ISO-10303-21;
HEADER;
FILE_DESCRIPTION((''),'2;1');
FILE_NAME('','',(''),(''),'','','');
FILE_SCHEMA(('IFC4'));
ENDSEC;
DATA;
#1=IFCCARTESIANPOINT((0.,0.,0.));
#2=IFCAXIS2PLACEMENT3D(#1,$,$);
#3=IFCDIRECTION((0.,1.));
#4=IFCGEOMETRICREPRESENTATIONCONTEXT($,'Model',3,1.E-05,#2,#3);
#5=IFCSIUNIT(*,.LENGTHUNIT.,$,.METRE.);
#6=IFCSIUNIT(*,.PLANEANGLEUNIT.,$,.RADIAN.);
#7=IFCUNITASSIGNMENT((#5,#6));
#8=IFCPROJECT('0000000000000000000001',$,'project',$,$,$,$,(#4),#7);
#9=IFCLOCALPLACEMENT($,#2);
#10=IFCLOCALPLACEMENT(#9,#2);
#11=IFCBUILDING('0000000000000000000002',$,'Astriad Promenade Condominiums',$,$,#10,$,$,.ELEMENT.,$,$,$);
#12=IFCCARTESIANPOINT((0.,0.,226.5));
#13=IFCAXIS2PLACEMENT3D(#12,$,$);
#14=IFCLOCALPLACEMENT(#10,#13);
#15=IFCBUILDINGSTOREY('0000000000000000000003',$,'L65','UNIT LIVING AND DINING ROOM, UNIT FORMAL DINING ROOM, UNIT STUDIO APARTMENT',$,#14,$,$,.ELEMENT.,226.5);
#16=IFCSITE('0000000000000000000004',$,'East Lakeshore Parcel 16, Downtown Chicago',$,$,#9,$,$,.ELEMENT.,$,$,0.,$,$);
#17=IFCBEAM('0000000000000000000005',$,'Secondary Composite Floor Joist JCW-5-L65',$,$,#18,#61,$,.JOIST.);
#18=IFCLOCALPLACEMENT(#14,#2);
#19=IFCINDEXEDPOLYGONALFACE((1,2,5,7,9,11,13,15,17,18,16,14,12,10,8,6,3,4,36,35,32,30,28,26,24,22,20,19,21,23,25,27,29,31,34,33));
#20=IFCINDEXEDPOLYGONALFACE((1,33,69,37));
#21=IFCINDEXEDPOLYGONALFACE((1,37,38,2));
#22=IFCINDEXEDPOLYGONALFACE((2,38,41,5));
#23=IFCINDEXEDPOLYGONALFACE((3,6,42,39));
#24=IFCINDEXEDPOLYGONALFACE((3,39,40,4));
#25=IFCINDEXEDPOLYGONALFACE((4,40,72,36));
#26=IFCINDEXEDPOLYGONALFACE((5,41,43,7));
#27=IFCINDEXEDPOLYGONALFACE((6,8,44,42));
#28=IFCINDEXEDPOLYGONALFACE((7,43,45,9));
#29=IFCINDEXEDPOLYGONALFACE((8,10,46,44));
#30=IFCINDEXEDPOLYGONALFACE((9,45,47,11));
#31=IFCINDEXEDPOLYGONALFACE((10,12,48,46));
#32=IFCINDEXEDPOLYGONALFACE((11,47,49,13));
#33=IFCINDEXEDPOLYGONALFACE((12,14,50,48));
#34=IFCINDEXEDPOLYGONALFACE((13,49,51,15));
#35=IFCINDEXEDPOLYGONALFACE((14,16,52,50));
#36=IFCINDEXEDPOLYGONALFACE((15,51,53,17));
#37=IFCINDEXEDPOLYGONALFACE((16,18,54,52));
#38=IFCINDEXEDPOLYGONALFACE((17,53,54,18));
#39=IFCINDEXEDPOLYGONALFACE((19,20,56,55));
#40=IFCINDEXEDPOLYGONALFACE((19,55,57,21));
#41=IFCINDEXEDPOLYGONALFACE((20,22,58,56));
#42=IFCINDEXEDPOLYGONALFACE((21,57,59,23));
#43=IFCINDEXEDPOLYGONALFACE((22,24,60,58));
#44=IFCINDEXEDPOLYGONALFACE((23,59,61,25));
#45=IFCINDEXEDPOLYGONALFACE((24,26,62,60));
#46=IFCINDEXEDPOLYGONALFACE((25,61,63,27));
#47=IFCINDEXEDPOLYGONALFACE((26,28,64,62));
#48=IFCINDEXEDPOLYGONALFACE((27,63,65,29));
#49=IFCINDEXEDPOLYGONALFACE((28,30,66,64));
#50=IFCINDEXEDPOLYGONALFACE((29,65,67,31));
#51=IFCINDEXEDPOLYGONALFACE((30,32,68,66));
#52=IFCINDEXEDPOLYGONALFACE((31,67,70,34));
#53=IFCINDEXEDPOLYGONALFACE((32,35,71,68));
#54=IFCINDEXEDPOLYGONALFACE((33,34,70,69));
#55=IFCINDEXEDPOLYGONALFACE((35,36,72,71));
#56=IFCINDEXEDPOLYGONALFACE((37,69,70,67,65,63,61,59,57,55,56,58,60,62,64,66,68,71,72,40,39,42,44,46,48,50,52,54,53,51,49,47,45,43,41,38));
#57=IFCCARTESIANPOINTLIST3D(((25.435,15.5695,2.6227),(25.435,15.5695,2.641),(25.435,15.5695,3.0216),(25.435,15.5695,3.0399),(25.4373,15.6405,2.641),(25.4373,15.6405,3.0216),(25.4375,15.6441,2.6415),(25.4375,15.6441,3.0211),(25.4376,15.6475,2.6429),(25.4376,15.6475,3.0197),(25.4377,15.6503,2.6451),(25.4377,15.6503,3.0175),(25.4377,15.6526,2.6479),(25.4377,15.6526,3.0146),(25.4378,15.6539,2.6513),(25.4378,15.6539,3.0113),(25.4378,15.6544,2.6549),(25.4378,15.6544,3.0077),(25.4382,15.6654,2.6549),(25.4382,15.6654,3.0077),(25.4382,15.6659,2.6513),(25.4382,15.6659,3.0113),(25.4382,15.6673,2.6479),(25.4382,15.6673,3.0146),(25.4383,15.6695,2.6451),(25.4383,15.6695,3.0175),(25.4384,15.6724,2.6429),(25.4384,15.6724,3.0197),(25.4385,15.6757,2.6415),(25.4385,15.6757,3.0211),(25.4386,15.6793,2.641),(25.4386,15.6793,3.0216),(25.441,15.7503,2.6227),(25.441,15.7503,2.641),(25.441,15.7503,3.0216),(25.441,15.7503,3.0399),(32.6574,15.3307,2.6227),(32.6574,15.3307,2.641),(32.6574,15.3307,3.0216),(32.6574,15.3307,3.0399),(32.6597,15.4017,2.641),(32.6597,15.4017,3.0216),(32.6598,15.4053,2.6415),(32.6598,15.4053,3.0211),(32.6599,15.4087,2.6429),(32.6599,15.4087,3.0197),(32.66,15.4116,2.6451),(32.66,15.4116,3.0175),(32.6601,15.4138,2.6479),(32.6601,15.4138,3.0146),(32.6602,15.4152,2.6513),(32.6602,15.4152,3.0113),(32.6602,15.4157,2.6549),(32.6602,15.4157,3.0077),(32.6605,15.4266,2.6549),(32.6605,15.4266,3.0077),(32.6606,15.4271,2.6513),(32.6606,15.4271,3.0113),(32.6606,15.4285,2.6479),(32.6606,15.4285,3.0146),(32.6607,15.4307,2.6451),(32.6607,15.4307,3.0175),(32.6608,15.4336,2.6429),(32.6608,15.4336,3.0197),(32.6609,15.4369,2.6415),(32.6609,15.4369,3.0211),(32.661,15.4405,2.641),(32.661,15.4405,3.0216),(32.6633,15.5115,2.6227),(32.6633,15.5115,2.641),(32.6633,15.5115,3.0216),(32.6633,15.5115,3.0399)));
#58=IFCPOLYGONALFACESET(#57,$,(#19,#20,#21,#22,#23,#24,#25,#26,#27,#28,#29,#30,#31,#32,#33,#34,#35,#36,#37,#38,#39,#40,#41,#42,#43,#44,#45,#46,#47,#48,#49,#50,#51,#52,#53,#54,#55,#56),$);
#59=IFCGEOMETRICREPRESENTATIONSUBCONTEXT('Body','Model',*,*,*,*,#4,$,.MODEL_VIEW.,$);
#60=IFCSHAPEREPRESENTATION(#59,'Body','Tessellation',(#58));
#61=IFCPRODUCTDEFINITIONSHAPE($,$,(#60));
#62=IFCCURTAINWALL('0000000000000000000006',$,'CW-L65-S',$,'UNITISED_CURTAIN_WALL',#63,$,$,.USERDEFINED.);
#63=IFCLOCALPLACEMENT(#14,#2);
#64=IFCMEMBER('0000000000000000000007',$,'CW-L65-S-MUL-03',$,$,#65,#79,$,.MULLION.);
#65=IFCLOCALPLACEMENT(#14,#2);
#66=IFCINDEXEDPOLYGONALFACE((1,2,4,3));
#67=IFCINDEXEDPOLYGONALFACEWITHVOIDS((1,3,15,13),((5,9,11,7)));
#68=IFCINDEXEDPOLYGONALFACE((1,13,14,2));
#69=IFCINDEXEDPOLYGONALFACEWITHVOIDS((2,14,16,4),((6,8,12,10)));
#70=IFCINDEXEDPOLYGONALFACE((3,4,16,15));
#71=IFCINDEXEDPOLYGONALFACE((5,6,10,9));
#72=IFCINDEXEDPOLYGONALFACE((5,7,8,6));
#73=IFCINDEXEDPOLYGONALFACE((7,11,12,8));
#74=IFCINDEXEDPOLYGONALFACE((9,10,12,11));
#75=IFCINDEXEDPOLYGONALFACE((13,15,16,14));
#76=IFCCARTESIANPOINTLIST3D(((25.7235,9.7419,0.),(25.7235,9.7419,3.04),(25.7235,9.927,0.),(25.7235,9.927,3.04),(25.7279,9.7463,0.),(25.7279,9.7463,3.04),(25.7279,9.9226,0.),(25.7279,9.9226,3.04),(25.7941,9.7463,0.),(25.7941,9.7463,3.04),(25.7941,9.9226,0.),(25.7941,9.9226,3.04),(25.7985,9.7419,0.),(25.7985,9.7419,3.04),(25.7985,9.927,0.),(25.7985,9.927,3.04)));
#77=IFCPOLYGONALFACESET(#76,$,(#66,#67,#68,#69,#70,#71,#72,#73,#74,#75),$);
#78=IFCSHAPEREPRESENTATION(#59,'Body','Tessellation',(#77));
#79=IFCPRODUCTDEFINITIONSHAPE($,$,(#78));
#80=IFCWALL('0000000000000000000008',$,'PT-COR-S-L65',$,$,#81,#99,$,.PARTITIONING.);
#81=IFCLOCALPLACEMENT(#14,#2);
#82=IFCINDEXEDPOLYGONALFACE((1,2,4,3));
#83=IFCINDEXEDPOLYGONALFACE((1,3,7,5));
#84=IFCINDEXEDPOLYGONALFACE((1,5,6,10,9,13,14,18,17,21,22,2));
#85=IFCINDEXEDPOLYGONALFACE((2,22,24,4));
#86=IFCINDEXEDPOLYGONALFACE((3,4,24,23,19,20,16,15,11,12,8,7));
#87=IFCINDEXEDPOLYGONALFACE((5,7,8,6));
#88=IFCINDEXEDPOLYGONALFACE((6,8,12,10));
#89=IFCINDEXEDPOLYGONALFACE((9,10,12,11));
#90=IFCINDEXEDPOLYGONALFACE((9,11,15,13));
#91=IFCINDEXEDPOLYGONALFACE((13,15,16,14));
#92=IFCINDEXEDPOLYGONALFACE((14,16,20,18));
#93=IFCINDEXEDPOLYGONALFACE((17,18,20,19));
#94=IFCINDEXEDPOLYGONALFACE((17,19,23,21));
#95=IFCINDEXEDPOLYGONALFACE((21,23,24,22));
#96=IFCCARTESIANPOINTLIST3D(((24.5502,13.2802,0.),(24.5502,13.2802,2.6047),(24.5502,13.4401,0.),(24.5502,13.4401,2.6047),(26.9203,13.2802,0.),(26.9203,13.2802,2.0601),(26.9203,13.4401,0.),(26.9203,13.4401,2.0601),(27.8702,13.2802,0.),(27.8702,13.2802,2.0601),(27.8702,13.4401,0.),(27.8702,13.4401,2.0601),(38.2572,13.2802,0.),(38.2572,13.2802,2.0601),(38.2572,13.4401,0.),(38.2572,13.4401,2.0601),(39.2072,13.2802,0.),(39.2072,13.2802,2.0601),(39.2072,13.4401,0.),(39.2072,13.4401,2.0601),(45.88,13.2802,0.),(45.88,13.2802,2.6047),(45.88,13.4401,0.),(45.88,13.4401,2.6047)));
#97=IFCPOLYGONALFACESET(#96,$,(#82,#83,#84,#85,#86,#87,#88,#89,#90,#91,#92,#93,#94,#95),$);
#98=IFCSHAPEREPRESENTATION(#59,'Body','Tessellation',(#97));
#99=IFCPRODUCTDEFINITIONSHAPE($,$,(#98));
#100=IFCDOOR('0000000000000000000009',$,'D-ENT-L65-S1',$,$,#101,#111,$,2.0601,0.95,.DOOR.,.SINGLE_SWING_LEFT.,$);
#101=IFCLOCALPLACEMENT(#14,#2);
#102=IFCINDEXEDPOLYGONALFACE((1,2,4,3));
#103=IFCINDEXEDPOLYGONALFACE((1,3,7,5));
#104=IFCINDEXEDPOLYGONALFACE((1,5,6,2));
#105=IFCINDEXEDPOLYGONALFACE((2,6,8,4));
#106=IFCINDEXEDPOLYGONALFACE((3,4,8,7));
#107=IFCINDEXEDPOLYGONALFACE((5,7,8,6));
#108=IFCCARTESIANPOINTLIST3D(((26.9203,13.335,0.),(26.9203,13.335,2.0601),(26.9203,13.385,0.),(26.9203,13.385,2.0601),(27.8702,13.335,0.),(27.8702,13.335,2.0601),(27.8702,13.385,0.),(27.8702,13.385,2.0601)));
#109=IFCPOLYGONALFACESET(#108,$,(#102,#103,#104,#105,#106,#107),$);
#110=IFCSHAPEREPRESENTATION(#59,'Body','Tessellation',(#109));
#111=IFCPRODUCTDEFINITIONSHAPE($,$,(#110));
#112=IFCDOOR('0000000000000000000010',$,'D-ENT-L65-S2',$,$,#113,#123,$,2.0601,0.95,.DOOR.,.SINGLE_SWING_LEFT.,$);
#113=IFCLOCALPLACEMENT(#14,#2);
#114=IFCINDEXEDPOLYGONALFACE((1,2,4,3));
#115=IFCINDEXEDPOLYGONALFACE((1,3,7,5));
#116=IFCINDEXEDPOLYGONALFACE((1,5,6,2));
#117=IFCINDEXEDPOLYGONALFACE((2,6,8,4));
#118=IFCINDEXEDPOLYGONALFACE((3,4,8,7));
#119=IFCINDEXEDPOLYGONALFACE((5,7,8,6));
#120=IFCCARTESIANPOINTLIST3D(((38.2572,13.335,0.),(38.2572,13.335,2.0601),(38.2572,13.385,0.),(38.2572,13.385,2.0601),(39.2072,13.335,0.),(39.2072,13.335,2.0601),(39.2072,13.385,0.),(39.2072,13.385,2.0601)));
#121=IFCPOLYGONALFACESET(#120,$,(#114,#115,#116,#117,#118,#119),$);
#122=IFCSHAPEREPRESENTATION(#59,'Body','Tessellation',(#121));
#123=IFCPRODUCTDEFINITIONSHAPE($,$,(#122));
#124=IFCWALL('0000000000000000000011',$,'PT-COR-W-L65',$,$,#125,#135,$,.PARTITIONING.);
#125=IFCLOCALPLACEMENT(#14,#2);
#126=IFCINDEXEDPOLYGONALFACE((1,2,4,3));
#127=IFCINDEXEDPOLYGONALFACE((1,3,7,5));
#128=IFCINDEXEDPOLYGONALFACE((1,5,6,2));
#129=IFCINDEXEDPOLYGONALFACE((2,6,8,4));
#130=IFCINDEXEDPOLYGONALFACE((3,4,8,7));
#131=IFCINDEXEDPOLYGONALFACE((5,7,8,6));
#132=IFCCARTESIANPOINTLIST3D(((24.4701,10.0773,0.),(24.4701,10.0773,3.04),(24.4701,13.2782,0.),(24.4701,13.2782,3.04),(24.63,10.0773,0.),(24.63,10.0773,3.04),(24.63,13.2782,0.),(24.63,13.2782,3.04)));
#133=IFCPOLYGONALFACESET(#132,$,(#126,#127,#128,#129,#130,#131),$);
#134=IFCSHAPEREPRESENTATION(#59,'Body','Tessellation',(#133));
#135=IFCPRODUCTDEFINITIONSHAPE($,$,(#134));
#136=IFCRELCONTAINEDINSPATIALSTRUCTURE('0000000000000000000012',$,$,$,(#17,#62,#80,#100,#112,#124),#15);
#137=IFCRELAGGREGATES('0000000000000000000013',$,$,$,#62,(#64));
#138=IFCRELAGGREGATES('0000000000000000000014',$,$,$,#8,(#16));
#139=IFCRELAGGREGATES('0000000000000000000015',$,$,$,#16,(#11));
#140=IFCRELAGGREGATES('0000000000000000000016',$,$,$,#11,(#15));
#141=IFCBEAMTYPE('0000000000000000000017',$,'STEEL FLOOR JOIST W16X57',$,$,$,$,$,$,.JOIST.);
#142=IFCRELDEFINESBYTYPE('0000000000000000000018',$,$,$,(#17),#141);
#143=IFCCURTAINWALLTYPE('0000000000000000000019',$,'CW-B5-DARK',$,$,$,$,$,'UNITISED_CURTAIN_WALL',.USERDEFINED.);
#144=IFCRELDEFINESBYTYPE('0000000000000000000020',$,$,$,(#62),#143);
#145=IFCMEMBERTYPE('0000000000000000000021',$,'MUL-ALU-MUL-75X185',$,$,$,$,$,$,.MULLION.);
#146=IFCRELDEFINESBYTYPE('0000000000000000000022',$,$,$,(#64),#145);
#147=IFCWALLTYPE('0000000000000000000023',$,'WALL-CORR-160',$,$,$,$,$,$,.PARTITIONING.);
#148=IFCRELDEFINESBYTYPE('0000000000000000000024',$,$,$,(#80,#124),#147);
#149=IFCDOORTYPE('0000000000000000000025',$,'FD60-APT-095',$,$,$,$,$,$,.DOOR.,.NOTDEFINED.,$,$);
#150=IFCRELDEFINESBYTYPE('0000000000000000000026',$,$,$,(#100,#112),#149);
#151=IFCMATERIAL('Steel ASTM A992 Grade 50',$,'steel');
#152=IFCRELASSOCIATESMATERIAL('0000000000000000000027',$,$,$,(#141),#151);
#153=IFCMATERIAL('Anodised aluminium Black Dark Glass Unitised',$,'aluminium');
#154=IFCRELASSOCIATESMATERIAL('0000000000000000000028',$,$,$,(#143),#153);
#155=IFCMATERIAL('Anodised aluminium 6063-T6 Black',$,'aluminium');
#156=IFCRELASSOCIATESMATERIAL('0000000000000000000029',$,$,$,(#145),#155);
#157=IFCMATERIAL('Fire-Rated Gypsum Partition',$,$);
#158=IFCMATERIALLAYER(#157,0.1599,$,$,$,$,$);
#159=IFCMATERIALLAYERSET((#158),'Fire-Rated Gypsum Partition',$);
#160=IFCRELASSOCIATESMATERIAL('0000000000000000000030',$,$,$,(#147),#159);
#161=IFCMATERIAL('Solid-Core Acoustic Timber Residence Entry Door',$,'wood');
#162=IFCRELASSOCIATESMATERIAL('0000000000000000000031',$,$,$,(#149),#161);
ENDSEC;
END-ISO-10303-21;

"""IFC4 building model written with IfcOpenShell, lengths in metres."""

from ifc_helpers import new_model, si_unit, direction, frame, frame_2d, origin, origin_2d, place, context, subcontext, project, spatial, rectangle, hollow_rectangle, i_section, extrude, source, transform, mapped, material, layer, layer_set, material_profile, profile_set, type_object, type_shapes, element, fill, aggregate, save


model = new_model("IFC4")

# Units and contexts
model_context = context("Model", 3, precision=1e-05, world=origin(), true_north=direction((0.0, 1.0)))
body_context = subcontext(model_context, "Body", "Model", "MODEL_VIEW")
ifc_project = project(units=[si_unit("LENGTHUNIT", "METRE"), si_unit("PLANEANGLEUNIT", "RADIAN")], contexts=[model_context])

# Site, building, storey
site_placement = place(None, origin())
site = spatial("IfcSite", under=ifc_project, at=site_placement, Name="East Lakeshore Parcel 16, Downtown Chicago", CompositionType="ELEMENT", RefElevation=0.0)
building_placement = place(site_placement, origin())
building = spatial("IfcBuilding", under=site, at=building_placement, Name="Astriad Promenade Condominiums", CompositionType="ELEMENT")
storey_placement = place(building_placement, frame((0.0, 0.0, 226.5)))
storey = spatial("IfcBuildingStorey", under=building, at=storey_placement, Name="L65", Description="UNIT LIVING AND DINING ROOM, UNIT FORMAL DINING ROOM, UNIT STUDIO APARTMENT", CompositionType="ELEMENT", Elevation=226.5)

# Beam
ifc_material_1 = material(Name="Steel ASTM A992 Grade 50", Category="steel")
ifc_material_profile_1 = material_profile(ifc_material_1, i_section(OverallWidth=0.1809, OverallDepth=0.4172, WebThickness=0.011, FlangeThickness=0.0183, FilletRadius=0.0139, at=origin_2d()), Name="W16X57")
ifc_profile_set_1 = profile_set([ifc_material_profile_1], Name="Steel ASTM A992 Grade 50")
beam_type_1 = type_object("IfcBeamType", Name="STEEL FLOOR JOIST W16X57", PredefinedType="JOIST", material=ifc_profile_set_1)
shared_shape_1 = source(origin(), body_context, "Body", "SweptSolid", [
    extrude(i_section(OverallWidth=0.1809, OverallDepth=0.4172, WebThickness=0.011, FlangeThickness=0.0183, FilletRadius=0.0139, at=origin_2d()), origin(), (0.0, 0.0, 1.0), 7.2263),
])
beam_1_placement = place(storey_placement, frame((25.438, 15.6599, 2.8313), z_axis=(0.999454, -0.033041, 0.0), x_axis=(0.033041, 0.999454, 0.0)))
element("IfcBeam", 1, at=beam_1_placement, inside=storey, type_object=beam_type_1, Name="Secondary Composite Floor Joist JCW-5-L65", PredefinedType="JOIST", context=body_context, shape_type="MappedRepresentation", body=[
    mapped(shared_shape_1, transform((0.0, 0.0, 0.0), scale=1.0)),
])

# Curtain wall, member
ifc_material_2 = material(Name="Anodised aluminium Black Dark Glass Unitised", Category="aluminium")
curtain_wall_type = type_object("IfcCurtainWallType", Name="CW-B5-DARK", ElementType="UNITISED_CURTAIN_WALL", PredefinedType="USERDEFINED", material=ifc_material_2)
curtain_wall_placement = place(storey_placement, origin())
curtain_wall = element("IfcCurtainWall", 2, at=curtain_wall_placement, inside=storey, type_object=curtain_wall_type, Name="CW-L65-S", ObjectType="UNITISED_CURTAIN_WALL", PredefinedType="USERDEFINED")
ifc_material_3 = material(Name="Anodised aluminium 6063-T6 Black", Category="aluminium")
ifc_material_profile_2 = material_profile(ifc_material_3, hollow_rectangle(XDim=0.075, YDim=0.1851, WallThickness=0.0044, at=origin_2d()), Name="ALU-MUL-75X185")
ifc_profile_set_2 = profile_set([ifc_material_profile_2], Name="Anodised aluminium 6063-T6 Black")
member_type = type_object("IfcMemberType", Name="MUL-ALU-MUL-75X185", PredefinedType="MULLION", material=ifc_profile_set_2)
shared_shape_2 = source(origin(), body_context, "Body", "SweptSolid", [
    extrude(hollow_rectangle(XDim=0.075, YDim=0.1851, WallThickness=0.0044, at=origin_2d()), origin(), (0.0, 0.0, 1.0), 3.04),
])
type_shapes(member_type, [shared_shape_2])
member_placement = place(storey_placement, frame((25.761, 9.8345, 0.0), z_axis=(0.0, 0.0, 1.0), x_axis=(1.0, 0.0, 0.0)))
member = element("IfcMember", 3, at=member_placement, type_object=member_type, Name="CW-L65-S-MUL-03", PredefinedType="MULLION", context=body_context, shape_type="MappedRepresentation", body=[
    mapped(shared_shape_2, transform((0.0, 0.0, 0.0), scale=1.0)),
])
aggregate(curtain_wall, [member])

# Wall, openings, doors
ifc_material_4 = material(Name="Fire-Rated Gypsum Partition")
ifc_layer_1 = layer(ifc_material_4, 0.1599)
ifc_layer_set_1 = layer_set([ifc_layer_1], Name="Fire-Rated Gypsum Partition")
wall_type_1 = type_object("IfcWallType", Name="WALL-CORR-160", PredefinedType="PARTITIONING", material=ifc_layer_set_1)
wall_1_placement = place(storey_placement, frame((24.55, 13.3601, 0.0), z_axis=(0.0, 0.0, 1.0), x_axis=(1.0, 0.0, 0.0)))
wall_1 = element("IfcWall", 4, at=wall_1_placement, inside=storey, type_object=wall_type_1, Name="PT-COR-S-L65", PredefinedType="PARTITIONING", context=body_context, shape_type="SweptSolid", body=[
    extrude(rectangle(XDim=21.3298, YDim=0.1599, at=frame_2d((10.665, 0.0))), origin(), (0.0, 0.0, 1.0), 2.6047),
])
opening_1_placement = place(wall_1_placement, frame((2.3701, 0.0, 0.0)))
opening_1 = element("IfcOpeningElement", 5, at=opening_1_placement, cuts=wall_1, PredefinedType="OPENING", context=body_context, shape_type="SweptSolid", body=[
    extrude(rectangle(XDim=0.95, YDim=2.0601, at=frame_2d((0.4751, 1.03))), frame((0.0, 0.0898, 0.0), z_axis=(0.0, -1.0, 0.0), x_axis=(1.0, 0.0, 0.0)), (0.0, 0.0, 1.0), 0.1799),
])
opening_2_placement = place(wall_1_placement, frame((13.707, 0.0, 0.0)))
opening_2 = element("IfcOpeningElement", 6, at=opening_2_placement, cuts=wall_1, PredefinedType="OPENING", context=body_context, shape_type="SweptSolid", body=[
    extrude(rectangle(XDim=0.95, YDim=2.0601, at=frame_2d((0.4751, 1.03))), frame((0.0, 0.0898, 0.0), z_axis=(0.0, -1.0, 0.0), x_axis=(1.0, 0.0, 0.0)), (0.0, 0.0, 1.0), 0.1799),
])
ifc_material_5 = material(Name="Solid-Core Acoustic Timber Residence Entry Door", Category="wood")
door_type_1 = type_object("IfcDoorType", Name="FD60-APT-095", OperationType="NOTDEFINED", PredefinedType="DOOR", material=ifc_material_5)
shared_shape_3 = source(origin(), body_context, "Body", "SweptSolid", [
    extrude(rectangle(XDim=0.95, YDim=2.0601, at=frame_2d((0.4751, 1.03))), frame((0.0, 0.0249, 0.0), z_axis=(0.0, -1.0, 0.0), x_axis=(1.0, 0.0, 0.0)), (0.0, 0.0, 1.0), 0.05),
])
type_shapes(door_type_1, [shared_shape_3])
door_1_placement = place(opening_1_placement, origin())
door_1 = element("IfcDoor", 7, at=door_1_placement, inside=storey, type_object=door_type_1, Name="D-ENT-L65-S1", OperationType="SINGLE_SWING_LEFT", OverallHeight=2.0601, OverallWidth=0.95, PredefinedType="DOOR", context=body_context, shape_type="MappedRepresentation", body=[
    mapped(shared_shape_3, transform((0.0, 0.0, 0.0), scale=1.0)),
])
fill(opening_1, door_1)
door_2_placement = place(opening_2_placement, origin())
door_2 = element("IfcDoor", 8, at=door_2_placement, inside=storey, type_object=door_type_1, Name="D-ENT-L65-S2", OperationType="SINGLE_SWING_LEFT", OverallHeight=2.0601, OverallWidth=0.95, PredefinedType="DOOR", context=body_context, shape_type="MappedRepresentation", body=[
    mapped(shared_shape_3, transform((0.0, 0.0, 0.0), scale=1.0)),
])
fill(opening_2, door_2)

# Wall
wall_2_placement = place(storey_placement, frame((24.55, 10.0771, 0.0), z_axis=(0.0, 0.0, 1.0), x_axis=(0.0, 1.0, 0.0)))
element("IfcWall", 9, at=wall_2_placement, inside=storey, type_object=wall_type_1, Name="PT-COR-W-L65", PredefinedType="PARTITIONING", context=body_context, shape_type="SweptSolid", body=[
    extrude(rectangle(XDim=3.2009, YDim=0.1599, at=frame_2d((1.6006, 0.0))), origin(), (0.0, 0.0, 1.0), 3.04),
])

save(model, "model.ifc")
